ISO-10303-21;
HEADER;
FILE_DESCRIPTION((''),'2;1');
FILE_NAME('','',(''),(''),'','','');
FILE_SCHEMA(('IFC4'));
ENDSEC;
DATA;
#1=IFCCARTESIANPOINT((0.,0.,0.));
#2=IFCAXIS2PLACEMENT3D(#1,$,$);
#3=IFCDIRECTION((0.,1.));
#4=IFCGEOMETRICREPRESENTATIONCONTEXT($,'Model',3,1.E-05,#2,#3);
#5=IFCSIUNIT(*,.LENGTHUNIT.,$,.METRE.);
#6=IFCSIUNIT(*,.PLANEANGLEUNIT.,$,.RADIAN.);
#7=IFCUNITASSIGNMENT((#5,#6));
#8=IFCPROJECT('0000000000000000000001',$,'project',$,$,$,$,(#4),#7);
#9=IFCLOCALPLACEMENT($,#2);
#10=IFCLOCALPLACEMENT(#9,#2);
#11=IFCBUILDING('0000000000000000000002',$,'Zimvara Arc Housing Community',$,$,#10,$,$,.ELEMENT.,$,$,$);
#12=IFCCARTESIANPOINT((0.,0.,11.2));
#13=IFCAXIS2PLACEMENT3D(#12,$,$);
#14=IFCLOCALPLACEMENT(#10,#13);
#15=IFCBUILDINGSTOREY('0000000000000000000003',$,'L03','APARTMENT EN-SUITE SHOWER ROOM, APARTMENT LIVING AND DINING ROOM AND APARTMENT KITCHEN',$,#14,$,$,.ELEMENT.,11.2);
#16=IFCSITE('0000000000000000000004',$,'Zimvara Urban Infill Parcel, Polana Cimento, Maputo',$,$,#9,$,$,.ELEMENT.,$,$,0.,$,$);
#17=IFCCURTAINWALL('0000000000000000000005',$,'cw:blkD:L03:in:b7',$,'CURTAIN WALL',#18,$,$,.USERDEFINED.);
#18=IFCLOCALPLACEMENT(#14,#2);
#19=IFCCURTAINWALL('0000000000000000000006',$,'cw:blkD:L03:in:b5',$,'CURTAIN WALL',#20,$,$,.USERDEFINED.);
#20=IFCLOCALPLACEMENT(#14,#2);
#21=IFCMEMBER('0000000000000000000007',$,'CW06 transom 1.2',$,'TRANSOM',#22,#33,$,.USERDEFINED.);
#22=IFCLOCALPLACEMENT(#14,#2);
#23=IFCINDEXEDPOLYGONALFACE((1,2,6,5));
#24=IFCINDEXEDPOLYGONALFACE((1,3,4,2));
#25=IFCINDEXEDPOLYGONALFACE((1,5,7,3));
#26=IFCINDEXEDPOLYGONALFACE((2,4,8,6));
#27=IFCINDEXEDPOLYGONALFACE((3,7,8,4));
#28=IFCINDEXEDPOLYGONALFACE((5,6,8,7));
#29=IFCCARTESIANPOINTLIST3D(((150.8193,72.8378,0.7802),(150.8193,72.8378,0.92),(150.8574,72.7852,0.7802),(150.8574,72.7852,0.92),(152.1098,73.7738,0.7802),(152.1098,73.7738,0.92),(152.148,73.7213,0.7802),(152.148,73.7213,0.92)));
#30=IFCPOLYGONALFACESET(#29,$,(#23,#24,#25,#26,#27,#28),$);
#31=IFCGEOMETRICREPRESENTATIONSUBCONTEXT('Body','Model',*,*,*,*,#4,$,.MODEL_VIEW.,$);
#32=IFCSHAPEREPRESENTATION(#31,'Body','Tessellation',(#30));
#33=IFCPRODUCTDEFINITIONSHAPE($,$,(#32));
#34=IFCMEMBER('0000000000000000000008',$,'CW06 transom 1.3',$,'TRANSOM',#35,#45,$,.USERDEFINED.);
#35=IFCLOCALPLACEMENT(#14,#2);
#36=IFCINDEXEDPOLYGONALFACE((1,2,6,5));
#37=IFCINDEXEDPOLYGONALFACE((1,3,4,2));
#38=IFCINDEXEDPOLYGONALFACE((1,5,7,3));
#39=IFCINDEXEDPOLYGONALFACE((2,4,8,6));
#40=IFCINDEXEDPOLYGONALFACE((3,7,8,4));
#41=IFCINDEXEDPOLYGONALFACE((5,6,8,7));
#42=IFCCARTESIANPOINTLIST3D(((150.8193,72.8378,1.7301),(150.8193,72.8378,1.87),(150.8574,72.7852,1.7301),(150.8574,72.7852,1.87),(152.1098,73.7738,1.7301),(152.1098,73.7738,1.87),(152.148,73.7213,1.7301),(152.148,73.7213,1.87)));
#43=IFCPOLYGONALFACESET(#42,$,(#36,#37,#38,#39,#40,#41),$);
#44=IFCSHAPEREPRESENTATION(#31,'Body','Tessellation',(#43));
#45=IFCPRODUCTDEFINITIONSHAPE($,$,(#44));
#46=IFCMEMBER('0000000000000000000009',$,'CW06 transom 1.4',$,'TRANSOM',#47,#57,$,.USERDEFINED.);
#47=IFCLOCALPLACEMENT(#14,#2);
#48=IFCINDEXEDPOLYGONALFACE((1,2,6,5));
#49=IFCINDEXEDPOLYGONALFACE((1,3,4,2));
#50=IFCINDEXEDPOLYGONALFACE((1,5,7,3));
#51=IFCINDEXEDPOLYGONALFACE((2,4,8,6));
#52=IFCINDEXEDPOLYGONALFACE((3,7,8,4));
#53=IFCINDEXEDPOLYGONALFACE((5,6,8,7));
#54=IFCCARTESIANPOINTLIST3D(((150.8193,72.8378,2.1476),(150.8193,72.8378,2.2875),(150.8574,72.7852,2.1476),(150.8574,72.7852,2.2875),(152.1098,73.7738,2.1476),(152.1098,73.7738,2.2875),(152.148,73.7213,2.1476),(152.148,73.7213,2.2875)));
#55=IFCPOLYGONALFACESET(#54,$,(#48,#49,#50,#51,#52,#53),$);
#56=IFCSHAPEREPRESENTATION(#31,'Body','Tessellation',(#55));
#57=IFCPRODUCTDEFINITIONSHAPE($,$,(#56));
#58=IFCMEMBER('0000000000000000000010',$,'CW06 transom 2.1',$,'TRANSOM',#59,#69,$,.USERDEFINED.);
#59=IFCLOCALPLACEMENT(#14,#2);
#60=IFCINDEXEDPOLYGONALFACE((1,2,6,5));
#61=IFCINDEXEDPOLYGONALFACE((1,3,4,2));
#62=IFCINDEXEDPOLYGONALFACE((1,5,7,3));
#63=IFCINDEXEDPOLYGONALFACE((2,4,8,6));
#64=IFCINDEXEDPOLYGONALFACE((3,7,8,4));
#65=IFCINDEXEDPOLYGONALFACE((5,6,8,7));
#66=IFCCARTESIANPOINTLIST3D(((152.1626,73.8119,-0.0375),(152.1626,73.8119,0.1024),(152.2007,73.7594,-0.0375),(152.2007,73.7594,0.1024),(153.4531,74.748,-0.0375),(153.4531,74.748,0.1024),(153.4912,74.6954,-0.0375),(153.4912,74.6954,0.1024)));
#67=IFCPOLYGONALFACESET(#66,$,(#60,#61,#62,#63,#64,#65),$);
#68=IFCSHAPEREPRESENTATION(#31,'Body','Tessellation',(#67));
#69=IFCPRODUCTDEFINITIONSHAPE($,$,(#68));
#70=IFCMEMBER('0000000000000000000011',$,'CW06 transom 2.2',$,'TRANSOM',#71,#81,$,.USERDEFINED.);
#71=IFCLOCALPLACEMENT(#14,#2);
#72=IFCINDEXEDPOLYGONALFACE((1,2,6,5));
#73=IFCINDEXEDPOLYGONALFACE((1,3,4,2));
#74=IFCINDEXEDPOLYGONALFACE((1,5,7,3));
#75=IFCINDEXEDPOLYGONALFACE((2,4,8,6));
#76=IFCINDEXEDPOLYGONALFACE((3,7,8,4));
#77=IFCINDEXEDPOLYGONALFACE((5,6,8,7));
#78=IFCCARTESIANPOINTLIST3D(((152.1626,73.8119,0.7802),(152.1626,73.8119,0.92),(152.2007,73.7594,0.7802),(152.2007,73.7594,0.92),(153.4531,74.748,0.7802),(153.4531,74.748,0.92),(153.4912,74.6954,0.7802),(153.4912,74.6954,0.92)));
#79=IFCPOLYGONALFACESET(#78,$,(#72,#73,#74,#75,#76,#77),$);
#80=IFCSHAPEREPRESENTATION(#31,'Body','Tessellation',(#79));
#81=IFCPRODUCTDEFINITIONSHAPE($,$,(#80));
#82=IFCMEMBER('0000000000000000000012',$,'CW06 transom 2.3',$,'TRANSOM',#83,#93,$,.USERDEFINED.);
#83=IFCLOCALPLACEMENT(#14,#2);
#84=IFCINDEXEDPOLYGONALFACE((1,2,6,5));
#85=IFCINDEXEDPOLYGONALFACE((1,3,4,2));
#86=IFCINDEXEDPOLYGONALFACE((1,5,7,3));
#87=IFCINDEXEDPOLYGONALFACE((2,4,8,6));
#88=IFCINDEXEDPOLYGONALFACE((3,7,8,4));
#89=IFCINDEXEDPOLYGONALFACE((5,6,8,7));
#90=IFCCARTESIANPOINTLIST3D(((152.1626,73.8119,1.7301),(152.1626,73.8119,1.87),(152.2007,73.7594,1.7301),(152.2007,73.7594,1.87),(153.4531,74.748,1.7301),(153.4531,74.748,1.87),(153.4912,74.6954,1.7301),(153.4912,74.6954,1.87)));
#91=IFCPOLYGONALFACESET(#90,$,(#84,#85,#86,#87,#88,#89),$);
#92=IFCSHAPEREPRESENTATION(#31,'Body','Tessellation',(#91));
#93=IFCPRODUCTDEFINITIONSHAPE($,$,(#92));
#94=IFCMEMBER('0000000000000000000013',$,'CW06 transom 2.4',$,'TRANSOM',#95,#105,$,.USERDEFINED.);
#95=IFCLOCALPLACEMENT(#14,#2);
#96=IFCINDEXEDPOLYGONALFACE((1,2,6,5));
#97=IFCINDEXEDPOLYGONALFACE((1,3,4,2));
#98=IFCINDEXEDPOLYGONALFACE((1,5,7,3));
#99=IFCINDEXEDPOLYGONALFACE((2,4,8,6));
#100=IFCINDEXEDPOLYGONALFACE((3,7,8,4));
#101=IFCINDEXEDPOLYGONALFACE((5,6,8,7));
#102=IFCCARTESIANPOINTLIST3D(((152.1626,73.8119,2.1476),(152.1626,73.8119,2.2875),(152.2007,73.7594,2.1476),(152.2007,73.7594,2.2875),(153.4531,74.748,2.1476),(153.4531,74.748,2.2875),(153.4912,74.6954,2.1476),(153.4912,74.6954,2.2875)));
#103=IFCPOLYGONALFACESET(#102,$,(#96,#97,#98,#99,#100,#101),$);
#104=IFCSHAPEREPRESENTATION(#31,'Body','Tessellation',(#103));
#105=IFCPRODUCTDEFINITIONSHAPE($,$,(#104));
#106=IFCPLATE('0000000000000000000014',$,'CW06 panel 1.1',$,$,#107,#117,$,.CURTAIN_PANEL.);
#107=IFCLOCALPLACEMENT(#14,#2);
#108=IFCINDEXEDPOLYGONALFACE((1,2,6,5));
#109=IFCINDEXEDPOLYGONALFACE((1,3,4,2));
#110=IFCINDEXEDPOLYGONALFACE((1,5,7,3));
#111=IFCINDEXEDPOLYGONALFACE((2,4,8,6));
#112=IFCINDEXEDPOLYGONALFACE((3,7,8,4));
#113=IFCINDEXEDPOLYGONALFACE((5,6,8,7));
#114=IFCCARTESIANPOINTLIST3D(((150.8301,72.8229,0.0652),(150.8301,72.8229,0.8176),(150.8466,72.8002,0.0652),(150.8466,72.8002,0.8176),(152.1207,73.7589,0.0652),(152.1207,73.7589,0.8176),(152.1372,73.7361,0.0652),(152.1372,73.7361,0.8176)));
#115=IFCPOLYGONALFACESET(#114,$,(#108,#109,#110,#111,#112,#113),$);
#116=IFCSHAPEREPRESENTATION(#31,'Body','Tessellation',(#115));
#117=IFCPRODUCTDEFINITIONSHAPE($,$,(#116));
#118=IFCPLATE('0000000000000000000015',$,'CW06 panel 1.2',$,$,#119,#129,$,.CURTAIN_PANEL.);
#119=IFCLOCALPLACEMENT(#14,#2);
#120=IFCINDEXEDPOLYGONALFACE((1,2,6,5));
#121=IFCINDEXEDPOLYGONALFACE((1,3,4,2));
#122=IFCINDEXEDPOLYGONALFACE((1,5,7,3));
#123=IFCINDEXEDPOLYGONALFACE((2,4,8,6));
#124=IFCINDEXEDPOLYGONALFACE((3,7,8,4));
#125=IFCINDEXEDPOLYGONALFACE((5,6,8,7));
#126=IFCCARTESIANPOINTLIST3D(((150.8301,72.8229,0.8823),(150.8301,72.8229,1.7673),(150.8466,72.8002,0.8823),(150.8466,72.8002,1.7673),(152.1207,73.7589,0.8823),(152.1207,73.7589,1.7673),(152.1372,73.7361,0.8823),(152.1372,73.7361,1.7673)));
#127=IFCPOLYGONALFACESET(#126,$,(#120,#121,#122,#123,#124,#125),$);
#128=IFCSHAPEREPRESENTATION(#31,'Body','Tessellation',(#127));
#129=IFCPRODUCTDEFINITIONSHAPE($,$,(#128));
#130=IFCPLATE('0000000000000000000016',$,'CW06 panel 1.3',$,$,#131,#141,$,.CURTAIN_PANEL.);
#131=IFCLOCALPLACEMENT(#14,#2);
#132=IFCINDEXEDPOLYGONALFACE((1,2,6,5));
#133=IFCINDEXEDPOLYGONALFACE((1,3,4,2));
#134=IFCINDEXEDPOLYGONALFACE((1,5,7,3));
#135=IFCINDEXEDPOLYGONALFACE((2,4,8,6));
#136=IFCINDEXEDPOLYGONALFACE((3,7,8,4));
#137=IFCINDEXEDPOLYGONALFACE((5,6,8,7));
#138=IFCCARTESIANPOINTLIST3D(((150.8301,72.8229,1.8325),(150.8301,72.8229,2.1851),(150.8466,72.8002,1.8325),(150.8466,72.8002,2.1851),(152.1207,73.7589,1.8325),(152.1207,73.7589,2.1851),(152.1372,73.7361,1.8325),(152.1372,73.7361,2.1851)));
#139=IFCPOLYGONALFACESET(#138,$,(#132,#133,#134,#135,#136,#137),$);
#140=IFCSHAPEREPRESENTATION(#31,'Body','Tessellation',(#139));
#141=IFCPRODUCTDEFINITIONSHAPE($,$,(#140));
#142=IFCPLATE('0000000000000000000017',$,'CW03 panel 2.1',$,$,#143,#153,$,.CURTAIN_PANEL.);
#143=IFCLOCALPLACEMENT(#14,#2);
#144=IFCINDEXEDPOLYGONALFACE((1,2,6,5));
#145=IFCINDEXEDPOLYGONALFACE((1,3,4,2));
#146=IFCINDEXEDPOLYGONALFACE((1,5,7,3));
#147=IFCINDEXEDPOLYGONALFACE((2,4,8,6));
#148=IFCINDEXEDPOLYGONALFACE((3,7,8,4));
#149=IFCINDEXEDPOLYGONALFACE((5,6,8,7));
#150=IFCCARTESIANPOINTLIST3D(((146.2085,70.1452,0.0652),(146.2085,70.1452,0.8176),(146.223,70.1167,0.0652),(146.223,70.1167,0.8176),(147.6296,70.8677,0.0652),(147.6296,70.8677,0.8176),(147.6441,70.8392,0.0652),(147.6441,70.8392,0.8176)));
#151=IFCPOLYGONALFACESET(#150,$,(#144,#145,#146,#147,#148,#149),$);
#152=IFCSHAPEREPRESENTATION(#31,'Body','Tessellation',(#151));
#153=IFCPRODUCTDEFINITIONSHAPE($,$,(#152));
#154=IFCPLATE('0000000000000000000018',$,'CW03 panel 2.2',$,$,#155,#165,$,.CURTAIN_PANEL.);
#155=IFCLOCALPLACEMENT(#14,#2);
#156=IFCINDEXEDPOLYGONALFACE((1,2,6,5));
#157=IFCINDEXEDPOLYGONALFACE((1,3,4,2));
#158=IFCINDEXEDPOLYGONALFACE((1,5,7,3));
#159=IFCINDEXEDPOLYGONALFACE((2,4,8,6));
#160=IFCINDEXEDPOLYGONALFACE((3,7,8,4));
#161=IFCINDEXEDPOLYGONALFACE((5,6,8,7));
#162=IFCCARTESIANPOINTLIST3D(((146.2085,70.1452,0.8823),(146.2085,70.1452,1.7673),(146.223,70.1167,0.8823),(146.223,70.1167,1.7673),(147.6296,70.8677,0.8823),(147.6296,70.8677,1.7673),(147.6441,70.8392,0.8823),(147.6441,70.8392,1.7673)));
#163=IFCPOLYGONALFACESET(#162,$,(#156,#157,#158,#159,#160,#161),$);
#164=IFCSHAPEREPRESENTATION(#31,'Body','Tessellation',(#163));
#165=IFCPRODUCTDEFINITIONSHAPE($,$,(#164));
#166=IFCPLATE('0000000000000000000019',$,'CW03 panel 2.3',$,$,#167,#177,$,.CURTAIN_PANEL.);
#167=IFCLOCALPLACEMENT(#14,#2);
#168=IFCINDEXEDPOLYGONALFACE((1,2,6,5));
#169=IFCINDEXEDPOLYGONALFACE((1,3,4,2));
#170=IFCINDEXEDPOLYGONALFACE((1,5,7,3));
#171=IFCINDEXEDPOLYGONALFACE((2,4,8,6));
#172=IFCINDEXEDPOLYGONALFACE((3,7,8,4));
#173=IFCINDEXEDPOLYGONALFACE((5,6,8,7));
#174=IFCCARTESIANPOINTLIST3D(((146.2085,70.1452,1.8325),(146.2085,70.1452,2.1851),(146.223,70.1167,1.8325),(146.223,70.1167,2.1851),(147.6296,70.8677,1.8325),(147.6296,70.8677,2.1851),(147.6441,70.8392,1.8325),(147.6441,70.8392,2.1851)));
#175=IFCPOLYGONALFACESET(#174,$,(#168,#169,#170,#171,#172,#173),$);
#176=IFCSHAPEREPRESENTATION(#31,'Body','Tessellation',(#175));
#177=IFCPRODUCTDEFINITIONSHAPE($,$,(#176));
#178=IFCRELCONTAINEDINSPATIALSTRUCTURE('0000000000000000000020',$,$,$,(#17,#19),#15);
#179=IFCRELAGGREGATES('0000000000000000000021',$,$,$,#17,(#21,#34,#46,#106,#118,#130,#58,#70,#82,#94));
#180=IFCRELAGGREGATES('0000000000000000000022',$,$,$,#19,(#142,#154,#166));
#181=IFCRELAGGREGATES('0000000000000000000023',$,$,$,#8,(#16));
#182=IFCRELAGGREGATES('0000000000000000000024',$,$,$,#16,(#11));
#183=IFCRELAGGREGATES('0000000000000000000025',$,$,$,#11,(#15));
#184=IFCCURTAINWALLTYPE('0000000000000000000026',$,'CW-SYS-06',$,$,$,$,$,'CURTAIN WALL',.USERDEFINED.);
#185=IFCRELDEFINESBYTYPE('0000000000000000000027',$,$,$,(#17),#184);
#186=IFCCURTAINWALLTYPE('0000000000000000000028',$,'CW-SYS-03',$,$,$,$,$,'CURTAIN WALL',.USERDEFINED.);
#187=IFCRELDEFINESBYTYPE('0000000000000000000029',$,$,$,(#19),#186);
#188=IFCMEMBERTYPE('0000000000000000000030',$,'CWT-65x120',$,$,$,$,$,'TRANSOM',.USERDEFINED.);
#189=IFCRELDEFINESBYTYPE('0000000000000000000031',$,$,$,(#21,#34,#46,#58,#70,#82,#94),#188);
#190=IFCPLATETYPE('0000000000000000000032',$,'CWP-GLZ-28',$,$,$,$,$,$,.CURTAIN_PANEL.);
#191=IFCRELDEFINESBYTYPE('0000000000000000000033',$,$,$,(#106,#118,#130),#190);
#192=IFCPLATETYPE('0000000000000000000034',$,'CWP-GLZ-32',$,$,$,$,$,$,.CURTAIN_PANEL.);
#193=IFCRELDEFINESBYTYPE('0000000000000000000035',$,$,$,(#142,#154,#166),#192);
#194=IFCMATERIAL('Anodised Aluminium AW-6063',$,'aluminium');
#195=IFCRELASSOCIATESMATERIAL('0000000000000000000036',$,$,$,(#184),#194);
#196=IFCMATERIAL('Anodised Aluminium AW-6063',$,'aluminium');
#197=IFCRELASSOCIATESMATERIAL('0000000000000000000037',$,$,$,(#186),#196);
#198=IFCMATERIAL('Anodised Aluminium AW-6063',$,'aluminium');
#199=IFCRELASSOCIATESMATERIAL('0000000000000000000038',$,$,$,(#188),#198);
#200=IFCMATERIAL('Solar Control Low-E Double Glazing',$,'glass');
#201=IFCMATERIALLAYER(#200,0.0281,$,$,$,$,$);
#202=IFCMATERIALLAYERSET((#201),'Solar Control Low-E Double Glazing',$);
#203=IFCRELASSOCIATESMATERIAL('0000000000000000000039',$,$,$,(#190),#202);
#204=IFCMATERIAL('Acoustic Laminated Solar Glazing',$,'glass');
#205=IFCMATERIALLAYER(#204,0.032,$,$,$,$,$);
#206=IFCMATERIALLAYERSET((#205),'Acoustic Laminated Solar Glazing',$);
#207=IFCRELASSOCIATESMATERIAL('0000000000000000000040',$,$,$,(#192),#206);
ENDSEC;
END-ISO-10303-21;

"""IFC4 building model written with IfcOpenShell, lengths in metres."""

from ifc_helpers import new_model, si_unit, direction, frame, origin, origin_2d, place, context, subcontext, project, spatial, rectangle, extrude, material, layer, layer_set, material_profile, profile_set, type_object, element, aggregate, save


model = new_model("IFC4")

# Units and contexts
model_context = context("Model", 3, precision=1e-05, world=origin(), true_north=direction((0.0, 1.0)))
body_context = subcontext(model_context, "Body", "Model", "MODEL_VIEW")
ifc_project = project(units=[si_unit("LENGTHUNIT", "METRE"), si_unit("PLANEANGLEUNIT", "RADIAN")], contexts=[model_context])

# Site, building, storey
site_placement = place(None, origin())
site = spatial("IfcSite", under=ifc_project, at=site_placement, Name="Zimvara Urban Infill Parcel, Polana Cimento, Maputo", CompositionType="ELEMENT", RefElevation=0.0)
building_placement = place(site_placement, origin())
building = spatial("IfcBuilding", under=site, at=building_placement, Name="Zimvara Arc Housing Community", CompositionType="ELEMENT")
storey_placement = place(building_placement, frame((0.0, 0.0, 11.2)))
storey = spatial("IfcBuildingStorey", under=building, at=storey_placement, Name="L03", Description="APARTMENT EN-SUITE SHOWER ROOM, APARTMENT LIVING AND DINING ROOM AND APARTMENT KITCHEN", CompositionType="ELEMENT", Elevation=11.2)

# Curtain wall
ifc_material_1 = material(Name="Anodised Aluminium AW-6063", Category="aluminium")
curtain_wall_type_1 = type_object("IfcCurtainWallType", Name="CW-SYS-06", ElementType="CURTAIN WALL", PredefinedType="USERDEFINED", material=ifc_material_1)
curtain_wall_1_placement = place(storey_placement, origin())
curtain_wall_1 = element("IfcCurtainWall", 1, at=curtain_wall_1_placement, inside=storey, type_object=curtain_wall_type_1, Name="cw:blkD:L03:in:b7", ObjectType="CURTAIN WALL", PredefinedType="USERDEFINED")

# Curtain wall
ifc_material_2 = material(Name="Anodised Aluminium AW-6063", Category="aluminium")
curtain_wall_type_2 = type_object("IfcCurtainWallType", Name="CW-SYS-03", ElementType="CURTAIN WALL", PredefinedType="USERDEFINED", material=ifc_material_2)
curtain_wall_2_placement = place(storey_placement, origin())
curtain_wall_2 = element("IfcCurtainWall", 2, at=curtain_wall_2_placement, inside=storey, type_object=curtain_wall_type_2, Name="cw:blkD:L03:in:b5", ObjectType="CURTAIN WALL", PredefinedType="USERDEFINED")

# Members
ifc_material_3 = material(Name="Anodised Aluminium AW-6063", Category="aluminium")
ifc_material_profile_1 = material_profile(ifc_material_3, rectangle(XDim=0.0649, YDim=0.1399, at=origin_2d()), Name="ALU 65x140")
ifc_profile_set_1 = profile_set([ifc_material_profile_1], Name="Anodised Aluminium AW-6063")
member_type_1 = type_object("IfcMemberType", Name="CWT-65x120", ElementType="TRANSOM", PredefinedType="USERDEFINED", material=ifc_profile_set_1)
member_1_placement = place(storey_placement, frame((150.8384, 72.8115, 0.8501), z_axis=(0.80949, 0.587133, 0.0), x_axis=(-0.587133, 0.80949, 0.0)))
member_1 = element("IfcMember", 3, at=member_1_placement, type_object=member_type_1, Name="CW06 transom 1.2", ObjectType="TRANSOM", PredefinedType="USERDEFINED", context=body_context, shape_type="SweptSolid", body=[
    extrude(rectangle(XDim=0.0649, YDim=0.1399, at=origin_2d()), origin(), (0.0, 0.0, 1.0), 1.5942),
])
member_2_placement = place(storey_placement, frame((150.8384, 72.8115, 1.8), z_axis=(0.80949, 0.587133, 0.0), x_axis=(-0.587133, 0.80949, 0.0)))
member_2 = element("IfcMember", 4, at=member_2_placement, type_object=member_type_1, Name="CW06 transom 1.3", ObjectType="TRANSOM", PredefinedType="USERDEFINED", context=body_context, shape_type="SweptSolid", body=[
    extrude(rectangle(XDim=0.0649, YDim=0.1399, at=origin_2d()), origin(), (0.0, 0.0, 1.0), 1.5942),
])
member_3_placement = place(storey_placement, frame((150.8384, 72.8115, 2.2175), z_axis=(0.80949, 0.587133, 0.0), x_axis=(-0.587133, 0.80949, 0.0)))
member_3 = element("IfcMember", 5, at=member_3_placement, type_object=member_type_1, Name="CW06 transom 1.4", ObjectType="TRANSOM", PredefinedType="USERDEFINED", context=body_context, shape_type="SweptSolid", body=[
    extrude(rectangle(XDim=0.0649, YDim=0.1399, at=origin_2d()), origin(), (0.0, 0.0, 1.0), 1.5942),
])
member_4_placement = place(storey_placement, frame((152.1816, 73.7856, 0.0325), z_axis=(0.80949, 0.587133, 0.0), x_axis=(-0.587133, 0.80949, 0.0)))
member_4 = element("IfcMember", 6, at=member_4_placement, type_object=member_type_1, Name="CW06 transom 2.1", ObjectType="TRANSOM", PredefinedType="USERDEFINED", context=body_context, shape_type="SweptSolid", body=[
    extrude(rectangle(XDim=0.0649, YDim=0.1399, at=origin_2d()), origin(), (0.0, 0.0, 1.0), 1.5942),
])
member_5_placement = place(storey_placement, frame((152.1816, 73.7856, 0.8501), z_axis=(0.80949, 0.587133, 0.0), x_axis=(-0.587133, 0.80949, 0.0)))
member_5 = element("IfcMember", 7, at=member_5_placement, type_object=member_type_1, Name="CW06 transom 2.2", ObjectType="TRANSOM", PredefinedType="USERDEFINED", context=body_context, shape_type="SweptSolid", body=[
    extrude(rectangle(XDim=0.0649, YDim=0.1399, at=origin_2d()), origin(), (0.0, 0.0, 1.0), 1.5942),
])
member_6_placement = place(storey_placement, frame((152.1816, 73.7856, 1.8), z_axis=(0.80949, 0.587133, 0.0), x_axis=(-0.587133, 0.80949, 0.0)))
member_6 = element("IfcMember", 8, at=member_6_placement, type_object=member_type_1, Name="CW06 transom 2.3", ObjectType="TRANSOM", PredefinedType="USERDEFINED", context=body_context, shape_type="SweptSolid", body=[
    extrude(rectangle(XDim=0.0649, YDim=0.1399, at=origin_2d()), origin(), (0.0, 0.0, 1.0), 1.5942),
])
member_7_placement = place(storey_placement, frame((152.1816, 73.7856, 2.2175), z_axis=(0.80949, 0.587133, 0.0), x_axis=(-0.587133, 0.80949, 0.0)))
member_7 = element("IfcMember", 9, at=member_7_placement, type_object=member_type_1, Name="CW06 transom 2.4", ObjectType="TRANSOM", PredefinedType="USERDEFINED", context=body_context, shape_type="SweptSolid", body=[
    extrude(rectangle(XDim=0.0649, YDim=0.1399, at=origin_2d()), origin(), (0.0, 0.0, 1.0), 1.5942),
])

# Plates
ifc_material_4 = material(Name="Solar Control Low-E Double Glazing", Category="glass")
ifc_layer_1 = layer(ifc_material_4, 0.0281)
ifc_layer_set_1 = layer_set([ifc_layer_1], Name="Solar Control Low-E Double Glazing")
plate_type_1 = type_object("IfcPlateType", Name="CWP-GLZ-28", PredefinedType="CURTAIN_PANEL", material=ifc_layer_set_1)
plate_1_placement = place(storey_placement, frame((151.4836, 73.2795, 0.0652), z_axis=(0.0, 0.0, 1.0), x_axis=(0.809529, 0.587079, 0.0)))
plate_1 = element("IfcPlate", 10, at=plate_1_placement, type_object=plate_type_1, Name="CW06 panel 1.1", PredefinedType="CURTAIN_PANEL", context=body_context, shape_type="SweptSolid", body=[
    extrude(rectangle(XDim=1.5942, YDim=0.0281, at=origin_2d()), origin(), (0.0, 0.0, 1.0), 0.7524),
])
plate_2_placement = place(storey_placement, frame((151.4836, 73.2795, 0.8823), z_axis=(0.0, 0.0, 1.0), x_axis=(0.809529, 0.587079, 0.0)))
plate_2 = element("IfcPlate", 11, at=plate_2_placement, type_object=plate_type_1, Name="CW06 panel 1.2", PredefinedType="CURTAIN_PANEL", context=body_context, shape_type="SweptSolid", body=[
    extrude(rectangle(XDim=1.5942, YDim=0.0281, at=origin_2d()), origin(), (0.0, 0.0, 1.0), 0.885),
])
plate_3_placement = place(storey_placement, frame((151.4836, 73.2795, 1.8325), z_axis=(0.0, 0.0, 1.0), x_axis=(0.809529, 0.587079, 0.0)))
plate_3 = element("IfcPlate", 12, at=plate_3_placement, type_object=plate_type_1, Name="CW06 panel 1.3", PredefinedType="CURTAIN_PANEL", context=body_context, shape_type="SweptSolid", body=[
    extrude(rectangle(XDim=1.5942, YDim=0.0281, at=origin_2d()), origin(), (0.0, 0.0, 1.0), 0.3525),
])
aggregate(curtain_wall_1, [member_1, member_2, member_3, plate_1, plate_2, plate_3, member_4, member_5, member_6, member_7])
ifc_material_5 = material(Name="Acoustic Laminated Solar Glazing", Category="glass")
ifc_layer_2 = layer(ifc_material_5, 0.032)
ifc_layer_set_2 = layer_set([ifc_layer_2], Name="Acoustic Laminated Solar Glazing")
plate_type_2 = type_object("IfcPlateType", Name="CWP-GLZ-32", PredefinedType="CURTAIN_PANEL", material=ifc_layer_set_2)
plate_4_placement = place(storey_placement, frame((146.9263, 70.4922, 0.0652), z_axis=(0.0, 0.0, 1.0), x_axis=(0.891403, 0.453211, 0.0)))
plate_4 = element("IfcPlate", 13, at=plate_4_placement, type_object=plate_type_2, Name="CW03 panel 2.1", PredefinedType="CURTAIN_PANEL", context=body_context, shape_type="SweptSolid", body=[
    extrude(rectangle(XDim=1.5942, YDim=0.032, at=origin_2d()), origin(), (0.0, 0.0, 1.0), 0.7524),
])
plate_5_placement = place(storey_placement, frame((146.9263, 70.4922, 0.8823), z_axis=(0.0, 0.0, 1.0), x_axis=(0.891403, 0.453211, 0.0)))
plate_5 = element("IfcPlate", 14, at=plate_5_placement, type_object=plate_type_2, Name="CW03 panel 2.2", PredefinedType="CURTAIN_PANEL", context=body_context, shape_type="SweptSolid", body=[
    extrude(rectangle(XDim=1.5942, YDim=0.032, at=origin_2d()), origin(), (0.0, 0.0, 1.0), 0.885),
])
plate_6_placement = place(storey_placement, frame((146.9263, 70.4922, 1.8325), z_axis=(0.0, 0.0, 1.0), x_axis=(0.891403, 0.453211, 0.0)))
plate_6 = element("IfcPlate", 15, at=plate_6_placement, type_object=plate_type_2, Name="CW03 panel 2.3", PredefinedType="CURTAIN_PANEL", context=body_context, shape_type="SweptSolid", body=[
    extrude(rectangle(XDim=1.5942, YDim=0.032, at=origin_2d()), origin(), (0.0, 0.0, 1.0), 0.3525),
])
aggregate(curtain_wall_2, [plate_4, plate_5, plate_6])

save(model, "model.ifc")
